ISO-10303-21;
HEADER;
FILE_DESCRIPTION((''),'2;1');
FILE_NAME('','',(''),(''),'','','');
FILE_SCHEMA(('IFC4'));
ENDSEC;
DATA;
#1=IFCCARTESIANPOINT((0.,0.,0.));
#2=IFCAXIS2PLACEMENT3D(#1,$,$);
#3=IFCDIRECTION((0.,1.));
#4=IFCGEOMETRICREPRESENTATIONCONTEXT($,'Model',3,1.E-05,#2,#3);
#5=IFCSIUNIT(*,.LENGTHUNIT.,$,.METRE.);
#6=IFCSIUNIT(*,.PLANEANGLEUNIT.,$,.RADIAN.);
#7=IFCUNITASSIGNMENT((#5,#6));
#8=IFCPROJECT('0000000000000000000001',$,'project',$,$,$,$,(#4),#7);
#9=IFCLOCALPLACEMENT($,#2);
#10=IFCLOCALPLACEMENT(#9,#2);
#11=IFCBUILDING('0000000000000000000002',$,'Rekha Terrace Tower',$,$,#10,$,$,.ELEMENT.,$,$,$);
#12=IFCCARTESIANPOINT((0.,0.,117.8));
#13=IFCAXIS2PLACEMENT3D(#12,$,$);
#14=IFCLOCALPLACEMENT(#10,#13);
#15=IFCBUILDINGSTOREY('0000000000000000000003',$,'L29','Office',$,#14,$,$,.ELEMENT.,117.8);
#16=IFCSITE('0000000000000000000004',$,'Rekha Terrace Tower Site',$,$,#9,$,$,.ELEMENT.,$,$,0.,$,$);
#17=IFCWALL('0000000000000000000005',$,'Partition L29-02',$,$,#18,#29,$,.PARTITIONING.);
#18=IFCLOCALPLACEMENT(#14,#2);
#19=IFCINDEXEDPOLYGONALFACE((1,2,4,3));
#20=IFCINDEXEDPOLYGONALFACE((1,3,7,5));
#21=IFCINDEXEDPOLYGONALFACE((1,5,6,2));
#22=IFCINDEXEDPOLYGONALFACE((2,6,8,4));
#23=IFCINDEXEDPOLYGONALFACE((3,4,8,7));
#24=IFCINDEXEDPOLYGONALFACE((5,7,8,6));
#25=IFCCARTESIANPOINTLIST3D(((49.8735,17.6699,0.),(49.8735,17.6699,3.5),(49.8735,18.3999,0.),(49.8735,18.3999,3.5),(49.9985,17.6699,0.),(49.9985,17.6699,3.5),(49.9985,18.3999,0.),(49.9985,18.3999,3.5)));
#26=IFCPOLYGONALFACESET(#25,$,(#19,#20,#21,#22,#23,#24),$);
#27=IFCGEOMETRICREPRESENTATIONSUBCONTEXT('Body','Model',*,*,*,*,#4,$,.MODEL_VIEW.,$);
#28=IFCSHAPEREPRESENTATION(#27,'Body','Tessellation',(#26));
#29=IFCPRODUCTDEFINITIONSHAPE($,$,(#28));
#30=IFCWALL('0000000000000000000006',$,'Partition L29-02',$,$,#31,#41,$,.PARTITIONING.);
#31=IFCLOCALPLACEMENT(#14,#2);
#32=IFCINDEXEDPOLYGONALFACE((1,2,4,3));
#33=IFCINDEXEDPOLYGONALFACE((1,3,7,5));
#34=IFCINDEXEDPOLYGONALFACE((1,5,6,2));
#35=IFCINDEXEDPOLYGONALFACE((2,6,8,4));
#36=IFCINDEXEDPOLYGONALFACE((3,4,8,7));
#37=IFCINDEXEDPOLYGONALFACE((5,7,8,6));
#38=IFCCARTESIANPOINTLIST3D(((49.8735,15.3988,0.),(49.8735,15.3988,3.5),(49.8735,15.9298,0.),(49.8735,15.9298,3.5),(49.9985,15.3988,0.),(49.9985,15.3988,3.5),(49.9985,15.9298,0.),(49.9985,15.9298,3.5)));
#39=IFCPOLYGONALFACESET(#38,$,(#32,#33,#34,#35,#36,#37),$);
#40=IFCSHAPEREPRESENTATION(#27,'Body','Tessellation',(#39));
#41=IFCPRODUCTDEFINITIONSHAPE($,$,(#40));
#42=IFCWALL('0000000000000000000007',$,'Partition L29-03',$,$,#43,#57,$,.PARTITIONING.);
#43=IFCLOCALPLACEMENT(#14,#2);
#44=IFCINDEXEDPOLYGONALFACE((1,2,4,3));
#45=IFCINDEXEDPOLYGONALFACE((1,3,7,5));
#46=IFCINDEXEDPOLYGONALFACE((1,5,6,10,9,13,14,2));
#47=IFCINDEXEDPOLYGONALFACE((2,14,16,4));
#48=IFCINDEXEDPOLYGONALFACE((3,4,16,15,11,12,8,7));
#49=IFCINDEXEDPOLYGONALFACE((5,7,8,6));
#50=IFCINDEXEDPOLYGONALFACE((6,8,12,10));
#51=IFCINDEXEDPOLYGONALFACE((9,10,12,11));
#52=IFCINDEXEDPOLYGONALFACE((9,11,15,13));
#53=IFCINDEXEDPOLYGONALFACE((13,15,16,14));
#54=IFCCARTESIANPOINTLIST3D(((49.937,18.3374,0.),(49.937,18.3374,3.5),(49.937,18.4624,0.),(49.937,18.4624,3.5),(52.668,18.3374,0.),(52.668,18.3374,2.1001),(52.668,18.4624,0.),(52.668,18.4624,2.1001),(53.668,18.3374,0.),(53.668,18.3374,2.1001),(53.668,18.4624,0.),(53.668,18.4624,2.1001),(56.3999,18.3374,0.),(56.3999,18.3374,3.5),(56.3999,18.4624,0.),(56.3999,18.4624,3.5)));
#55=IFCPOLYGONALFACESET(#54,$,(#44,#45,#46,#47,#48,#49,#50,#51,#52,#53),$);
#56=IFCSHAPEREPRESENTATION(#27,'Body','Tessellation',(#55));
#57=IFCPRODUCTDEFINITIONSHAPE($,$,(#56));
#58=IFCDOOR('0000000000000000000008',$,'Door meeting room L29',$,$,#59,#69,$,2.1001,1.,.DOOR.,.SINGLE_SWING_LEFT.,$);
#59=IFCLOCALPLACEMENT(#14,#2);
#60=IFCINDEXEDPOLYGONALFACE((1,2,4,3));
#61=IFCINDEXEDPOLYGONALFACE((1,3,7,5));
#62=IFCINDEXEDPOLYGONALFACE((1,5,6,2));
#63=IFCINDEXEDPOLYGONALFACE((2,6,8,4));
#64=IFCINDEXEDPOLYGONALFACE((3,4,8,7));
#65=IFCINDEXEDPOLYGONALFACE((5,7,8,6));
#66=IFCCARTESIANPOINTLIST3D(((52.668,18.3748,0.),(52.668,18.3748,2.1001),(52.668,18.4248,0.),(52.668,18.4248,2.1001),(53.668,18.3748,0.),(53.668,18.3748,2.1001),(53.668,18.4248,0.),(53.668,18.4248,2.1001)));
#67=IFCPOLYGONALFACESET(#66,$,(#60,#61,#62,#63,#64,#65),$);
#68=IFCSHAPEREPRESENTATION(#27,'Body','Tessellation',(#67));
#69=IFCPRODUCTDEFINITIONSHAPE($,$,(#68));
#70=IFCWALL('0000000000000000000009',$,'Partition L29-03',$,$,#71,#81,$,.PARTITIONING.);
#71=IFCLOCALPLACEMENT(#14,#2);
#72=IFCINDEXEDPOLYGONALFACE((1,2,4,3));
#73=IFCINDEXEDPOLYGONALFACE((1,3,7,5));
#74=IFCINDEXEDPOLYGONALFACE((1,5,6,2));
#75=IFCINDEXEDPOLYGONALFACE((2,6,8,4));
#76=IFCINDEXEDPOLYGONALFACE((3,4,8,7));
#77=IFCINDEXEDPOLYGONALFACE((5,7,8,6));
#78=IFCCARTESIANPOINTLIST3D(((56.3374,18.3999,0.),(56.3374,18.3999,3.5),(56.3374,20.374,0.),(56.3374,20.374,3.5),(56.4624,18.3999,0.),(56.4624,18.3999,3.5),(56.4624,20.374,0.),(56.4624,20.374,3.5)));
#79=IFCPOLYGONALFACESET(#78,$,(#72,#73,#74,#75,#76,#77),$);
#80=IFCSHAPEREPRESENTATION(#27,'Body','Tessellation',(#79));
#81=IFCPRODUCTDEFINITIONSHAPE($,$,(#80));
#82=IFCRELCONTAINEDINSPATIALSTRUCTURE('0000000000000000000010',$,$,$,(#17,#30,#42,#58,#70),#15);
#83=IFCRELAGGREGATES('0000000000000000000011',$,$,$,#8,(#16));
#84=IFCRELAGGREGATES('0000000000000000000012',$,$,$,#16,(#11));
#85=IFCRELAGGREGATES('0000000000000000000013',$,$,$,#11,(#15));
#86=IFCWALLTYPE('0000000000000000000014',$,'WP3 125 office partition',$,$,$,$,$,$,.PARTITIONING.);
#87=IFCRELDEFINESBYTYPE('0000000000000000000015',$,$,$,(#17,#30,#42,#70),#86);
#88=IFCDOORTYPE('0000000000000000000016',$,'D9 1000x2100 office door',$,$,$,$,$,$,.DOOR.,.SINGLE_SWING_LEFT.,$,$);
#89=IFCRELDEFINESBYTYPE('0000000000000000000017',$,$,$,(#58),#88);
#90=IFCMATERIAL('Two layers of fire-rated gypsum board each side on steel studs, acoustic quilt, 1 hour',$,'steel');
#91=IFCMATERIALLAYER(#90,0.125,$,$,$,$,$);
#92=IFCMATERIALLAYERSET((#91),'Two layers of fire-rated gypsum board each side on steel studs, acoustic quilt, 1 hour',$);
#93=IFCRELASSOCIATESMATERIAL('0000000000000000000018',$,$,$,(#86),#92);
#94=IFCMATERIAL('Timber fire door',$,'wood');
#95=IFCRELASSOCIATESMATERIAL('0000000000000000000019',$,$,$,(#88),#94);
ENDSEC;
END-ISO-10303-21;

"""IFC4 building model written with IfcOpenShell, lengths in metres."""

from ifc_helpers import new_model, si_unit, direction, frame, frame_2d, origin, place, context, subcontext, project, spatial, rectangle, extrude, material, layer, layer_set, type_object, element, fill, save


model = new_model("IFC4")

# Units and contexts
model_context = context("Model", 3, precision=1e-05, world=origin(), true_north=direction((0.0, 1.0)))
body_context = subcontext(model_context, "Body", "Model", "MODEL_VIEW")
ifc_project = project(units=[si_unit("LENGTHUNIT", "METRE"), si_unit("PLANEANGLEUNIT", "RADIAN")], contexts=[model_context])

# Site, building, storey
site_placement = place(None, origin())
site = spatial("IfcSite", under=ifc_project, at=site_placement, Name="Rekha Terrace Tower Site", CompositionType="ELEMENT", RefElevation=0.0)
building_placement = place(site_placement, origin())
building = spatial("IfcBuilding", under=site, at=building_placement, Name="Rekha Terrace Tower", CompositionType="ELEMENT")
storey_placement = place(building_placement, frame((0.0, 0.0, 117.8)))
storey = spatial("IfcBuildingStorey", under=building, at=storey_placement, Name="L29", Description="Office", CompositionType="ELEMENT", Elevation=117.8)

# Walls
ifc_material_1 = material(Name="Two layers of fire-rated gypsum board each side on steel studs, acoustic quilt, 1 hour", Category="steel")
ifc_layer_1 = layer(ifc_material_1, 0.125)
ifc_layer_set_1 = layer_set([ifc_layer_1], Name="Two layers of fire-rated gypsum board each side on steel studs, acoustic quilt, 1 hour")
wall_type = type_object("IfcWallType", Name="WP3 125 office partition", PredefinedType="PARTITIONING", material=ifc_layer_set_1)
wall_1_placement = place(storey_placement, frame((49.936, 18.3999, 0.0), z_axis=(0.0, 0.0, 1.0), x_axis=(0.0, -1.0, 0.0)))
element("IfcWall", 1, at=wall_1_placement, inside=storey, type_object=wall_type, Name="Partition L29-02", PredefinedType="PARTITIONING", context=body_context, shape_type="SweptSolid", body=[
    extrude(rectangle(XDim=0.73, YDim=0.125, at=frame_2d((0.365, 0.0))), origin(), (0.0, 0.0, 1.0), 3.5),
])
wall_2_placement = place(storey_placement, frame((49.936, 15.9299, 0.0), z_axis=(0.0, 0.0, 1.0), x_axis=(0.0, -1.0, 0.0)))
element("IfcWall", 2, at=wall_2_placement, inside=storey, type_object=wall_type, Name="Partition L29-02", PredefinedType="PARTITIONING", context=body_context, shape_type="SweptSolid", body=[
    extrude(rectangle(XDim=0.531, YDim=0.125, at=frame_2d((0.2656, 0.0))), origin(), (0.0, 0.0, 1.0), 3.5),
])

# Wall, opening, door
wall_3_placement = place(storey_placement, frame((49.937, 18.3999, 0.0), z_axis=(0.0, 0.0, 1.0), x_axis=(1.0, 0.0, 0.0)))
wall_3 = element("IfcWall", 3, at=wall_3_placement, inside=storey, type_object=wall_type, Name="Partition L29-03", PredefinedType="PARTITIONING", context=body_context, shape_type="SweptSolid", body=[
    extrude(rectangle(XDim=6.4629, YDim=0.125, at=frame_2d((3.2314, 0.0))), origin(), (0.0, 0.0, 1.0), 3.5),
])
opening_placement = place(wall_3_placement, frame((2.731, 0.0, 0.0)))
opening = element("IfcOpeningElement", 4, at=opening_placement, cuts=wall_3, PredefinedType="OPENING", context=body_context, shape_type="SweptSolid", body=[
    extrude(rectangle(XDim=1.0, YDim=2.1001, at=frame_2d((0.5, 1.05))), frame((0.0, 0.0725, 0.0), z_axis=(0.0, -1.0, 0.0), x_axis=(1.0, 0.0, 0.0)), (0.0, 0.0, 1.0), 0.145),
])
ifc_material_2 = material(Name="Timber fire door", Category="wood")
door_type = type_object("IfcDoorType", Name="D9 1000x2100 office door", OperationType="SINGLE_SWING_LEFT", PredefinedType="DOOR", material=ifc_material_2)
door_placement = place(opening_placement, origin())
door = element("IfcDoor", 5, at=door_placement, inside=storey, type_object=door_type, Name="Door meeting room L29", OperationType="SINGLE_SWING_LEFT", OverallHeight=2.1001, OverallWidth=1.0, PredefinedType="DOOR", context=body_context, shape_type="SweptSolid", body=[
    extrude(rectangle(XDim=1.0, YDim=2.1001, at=frame_2d((0.5, 1.05))), frame((0.0, 0.0249, 0.0), z_axis=(0.0, -1.0, 0.0), x_axis=(1.0, 0.0, 0.0)), (0.0, 0.0, 1.0), 0.05),
])
fill(opening, door)

# Wall
wall_4_placement = place(storey_placement, frame((56.3999, 18.3999, 0.0), z_axis=(0.0, 0.0, 1.0), x_axis=(0.0, 1.0, 0.0)))
element("IfcWall", 6, at=wall_4_placement, inside=storey, type_object=wall_type, Name="Partition L29-03", PredefinedType="PARTITIONING", context=body_context, shape_type="SweptSolid", body=[
    extrude(rectangle(XDim=1.9741, YDim=0.125, at=frame_2d((0.9871, 0.0))), origin(), (0.0, 0.0, 1.0), 3.5),
])

save(model, "model.ifc")
